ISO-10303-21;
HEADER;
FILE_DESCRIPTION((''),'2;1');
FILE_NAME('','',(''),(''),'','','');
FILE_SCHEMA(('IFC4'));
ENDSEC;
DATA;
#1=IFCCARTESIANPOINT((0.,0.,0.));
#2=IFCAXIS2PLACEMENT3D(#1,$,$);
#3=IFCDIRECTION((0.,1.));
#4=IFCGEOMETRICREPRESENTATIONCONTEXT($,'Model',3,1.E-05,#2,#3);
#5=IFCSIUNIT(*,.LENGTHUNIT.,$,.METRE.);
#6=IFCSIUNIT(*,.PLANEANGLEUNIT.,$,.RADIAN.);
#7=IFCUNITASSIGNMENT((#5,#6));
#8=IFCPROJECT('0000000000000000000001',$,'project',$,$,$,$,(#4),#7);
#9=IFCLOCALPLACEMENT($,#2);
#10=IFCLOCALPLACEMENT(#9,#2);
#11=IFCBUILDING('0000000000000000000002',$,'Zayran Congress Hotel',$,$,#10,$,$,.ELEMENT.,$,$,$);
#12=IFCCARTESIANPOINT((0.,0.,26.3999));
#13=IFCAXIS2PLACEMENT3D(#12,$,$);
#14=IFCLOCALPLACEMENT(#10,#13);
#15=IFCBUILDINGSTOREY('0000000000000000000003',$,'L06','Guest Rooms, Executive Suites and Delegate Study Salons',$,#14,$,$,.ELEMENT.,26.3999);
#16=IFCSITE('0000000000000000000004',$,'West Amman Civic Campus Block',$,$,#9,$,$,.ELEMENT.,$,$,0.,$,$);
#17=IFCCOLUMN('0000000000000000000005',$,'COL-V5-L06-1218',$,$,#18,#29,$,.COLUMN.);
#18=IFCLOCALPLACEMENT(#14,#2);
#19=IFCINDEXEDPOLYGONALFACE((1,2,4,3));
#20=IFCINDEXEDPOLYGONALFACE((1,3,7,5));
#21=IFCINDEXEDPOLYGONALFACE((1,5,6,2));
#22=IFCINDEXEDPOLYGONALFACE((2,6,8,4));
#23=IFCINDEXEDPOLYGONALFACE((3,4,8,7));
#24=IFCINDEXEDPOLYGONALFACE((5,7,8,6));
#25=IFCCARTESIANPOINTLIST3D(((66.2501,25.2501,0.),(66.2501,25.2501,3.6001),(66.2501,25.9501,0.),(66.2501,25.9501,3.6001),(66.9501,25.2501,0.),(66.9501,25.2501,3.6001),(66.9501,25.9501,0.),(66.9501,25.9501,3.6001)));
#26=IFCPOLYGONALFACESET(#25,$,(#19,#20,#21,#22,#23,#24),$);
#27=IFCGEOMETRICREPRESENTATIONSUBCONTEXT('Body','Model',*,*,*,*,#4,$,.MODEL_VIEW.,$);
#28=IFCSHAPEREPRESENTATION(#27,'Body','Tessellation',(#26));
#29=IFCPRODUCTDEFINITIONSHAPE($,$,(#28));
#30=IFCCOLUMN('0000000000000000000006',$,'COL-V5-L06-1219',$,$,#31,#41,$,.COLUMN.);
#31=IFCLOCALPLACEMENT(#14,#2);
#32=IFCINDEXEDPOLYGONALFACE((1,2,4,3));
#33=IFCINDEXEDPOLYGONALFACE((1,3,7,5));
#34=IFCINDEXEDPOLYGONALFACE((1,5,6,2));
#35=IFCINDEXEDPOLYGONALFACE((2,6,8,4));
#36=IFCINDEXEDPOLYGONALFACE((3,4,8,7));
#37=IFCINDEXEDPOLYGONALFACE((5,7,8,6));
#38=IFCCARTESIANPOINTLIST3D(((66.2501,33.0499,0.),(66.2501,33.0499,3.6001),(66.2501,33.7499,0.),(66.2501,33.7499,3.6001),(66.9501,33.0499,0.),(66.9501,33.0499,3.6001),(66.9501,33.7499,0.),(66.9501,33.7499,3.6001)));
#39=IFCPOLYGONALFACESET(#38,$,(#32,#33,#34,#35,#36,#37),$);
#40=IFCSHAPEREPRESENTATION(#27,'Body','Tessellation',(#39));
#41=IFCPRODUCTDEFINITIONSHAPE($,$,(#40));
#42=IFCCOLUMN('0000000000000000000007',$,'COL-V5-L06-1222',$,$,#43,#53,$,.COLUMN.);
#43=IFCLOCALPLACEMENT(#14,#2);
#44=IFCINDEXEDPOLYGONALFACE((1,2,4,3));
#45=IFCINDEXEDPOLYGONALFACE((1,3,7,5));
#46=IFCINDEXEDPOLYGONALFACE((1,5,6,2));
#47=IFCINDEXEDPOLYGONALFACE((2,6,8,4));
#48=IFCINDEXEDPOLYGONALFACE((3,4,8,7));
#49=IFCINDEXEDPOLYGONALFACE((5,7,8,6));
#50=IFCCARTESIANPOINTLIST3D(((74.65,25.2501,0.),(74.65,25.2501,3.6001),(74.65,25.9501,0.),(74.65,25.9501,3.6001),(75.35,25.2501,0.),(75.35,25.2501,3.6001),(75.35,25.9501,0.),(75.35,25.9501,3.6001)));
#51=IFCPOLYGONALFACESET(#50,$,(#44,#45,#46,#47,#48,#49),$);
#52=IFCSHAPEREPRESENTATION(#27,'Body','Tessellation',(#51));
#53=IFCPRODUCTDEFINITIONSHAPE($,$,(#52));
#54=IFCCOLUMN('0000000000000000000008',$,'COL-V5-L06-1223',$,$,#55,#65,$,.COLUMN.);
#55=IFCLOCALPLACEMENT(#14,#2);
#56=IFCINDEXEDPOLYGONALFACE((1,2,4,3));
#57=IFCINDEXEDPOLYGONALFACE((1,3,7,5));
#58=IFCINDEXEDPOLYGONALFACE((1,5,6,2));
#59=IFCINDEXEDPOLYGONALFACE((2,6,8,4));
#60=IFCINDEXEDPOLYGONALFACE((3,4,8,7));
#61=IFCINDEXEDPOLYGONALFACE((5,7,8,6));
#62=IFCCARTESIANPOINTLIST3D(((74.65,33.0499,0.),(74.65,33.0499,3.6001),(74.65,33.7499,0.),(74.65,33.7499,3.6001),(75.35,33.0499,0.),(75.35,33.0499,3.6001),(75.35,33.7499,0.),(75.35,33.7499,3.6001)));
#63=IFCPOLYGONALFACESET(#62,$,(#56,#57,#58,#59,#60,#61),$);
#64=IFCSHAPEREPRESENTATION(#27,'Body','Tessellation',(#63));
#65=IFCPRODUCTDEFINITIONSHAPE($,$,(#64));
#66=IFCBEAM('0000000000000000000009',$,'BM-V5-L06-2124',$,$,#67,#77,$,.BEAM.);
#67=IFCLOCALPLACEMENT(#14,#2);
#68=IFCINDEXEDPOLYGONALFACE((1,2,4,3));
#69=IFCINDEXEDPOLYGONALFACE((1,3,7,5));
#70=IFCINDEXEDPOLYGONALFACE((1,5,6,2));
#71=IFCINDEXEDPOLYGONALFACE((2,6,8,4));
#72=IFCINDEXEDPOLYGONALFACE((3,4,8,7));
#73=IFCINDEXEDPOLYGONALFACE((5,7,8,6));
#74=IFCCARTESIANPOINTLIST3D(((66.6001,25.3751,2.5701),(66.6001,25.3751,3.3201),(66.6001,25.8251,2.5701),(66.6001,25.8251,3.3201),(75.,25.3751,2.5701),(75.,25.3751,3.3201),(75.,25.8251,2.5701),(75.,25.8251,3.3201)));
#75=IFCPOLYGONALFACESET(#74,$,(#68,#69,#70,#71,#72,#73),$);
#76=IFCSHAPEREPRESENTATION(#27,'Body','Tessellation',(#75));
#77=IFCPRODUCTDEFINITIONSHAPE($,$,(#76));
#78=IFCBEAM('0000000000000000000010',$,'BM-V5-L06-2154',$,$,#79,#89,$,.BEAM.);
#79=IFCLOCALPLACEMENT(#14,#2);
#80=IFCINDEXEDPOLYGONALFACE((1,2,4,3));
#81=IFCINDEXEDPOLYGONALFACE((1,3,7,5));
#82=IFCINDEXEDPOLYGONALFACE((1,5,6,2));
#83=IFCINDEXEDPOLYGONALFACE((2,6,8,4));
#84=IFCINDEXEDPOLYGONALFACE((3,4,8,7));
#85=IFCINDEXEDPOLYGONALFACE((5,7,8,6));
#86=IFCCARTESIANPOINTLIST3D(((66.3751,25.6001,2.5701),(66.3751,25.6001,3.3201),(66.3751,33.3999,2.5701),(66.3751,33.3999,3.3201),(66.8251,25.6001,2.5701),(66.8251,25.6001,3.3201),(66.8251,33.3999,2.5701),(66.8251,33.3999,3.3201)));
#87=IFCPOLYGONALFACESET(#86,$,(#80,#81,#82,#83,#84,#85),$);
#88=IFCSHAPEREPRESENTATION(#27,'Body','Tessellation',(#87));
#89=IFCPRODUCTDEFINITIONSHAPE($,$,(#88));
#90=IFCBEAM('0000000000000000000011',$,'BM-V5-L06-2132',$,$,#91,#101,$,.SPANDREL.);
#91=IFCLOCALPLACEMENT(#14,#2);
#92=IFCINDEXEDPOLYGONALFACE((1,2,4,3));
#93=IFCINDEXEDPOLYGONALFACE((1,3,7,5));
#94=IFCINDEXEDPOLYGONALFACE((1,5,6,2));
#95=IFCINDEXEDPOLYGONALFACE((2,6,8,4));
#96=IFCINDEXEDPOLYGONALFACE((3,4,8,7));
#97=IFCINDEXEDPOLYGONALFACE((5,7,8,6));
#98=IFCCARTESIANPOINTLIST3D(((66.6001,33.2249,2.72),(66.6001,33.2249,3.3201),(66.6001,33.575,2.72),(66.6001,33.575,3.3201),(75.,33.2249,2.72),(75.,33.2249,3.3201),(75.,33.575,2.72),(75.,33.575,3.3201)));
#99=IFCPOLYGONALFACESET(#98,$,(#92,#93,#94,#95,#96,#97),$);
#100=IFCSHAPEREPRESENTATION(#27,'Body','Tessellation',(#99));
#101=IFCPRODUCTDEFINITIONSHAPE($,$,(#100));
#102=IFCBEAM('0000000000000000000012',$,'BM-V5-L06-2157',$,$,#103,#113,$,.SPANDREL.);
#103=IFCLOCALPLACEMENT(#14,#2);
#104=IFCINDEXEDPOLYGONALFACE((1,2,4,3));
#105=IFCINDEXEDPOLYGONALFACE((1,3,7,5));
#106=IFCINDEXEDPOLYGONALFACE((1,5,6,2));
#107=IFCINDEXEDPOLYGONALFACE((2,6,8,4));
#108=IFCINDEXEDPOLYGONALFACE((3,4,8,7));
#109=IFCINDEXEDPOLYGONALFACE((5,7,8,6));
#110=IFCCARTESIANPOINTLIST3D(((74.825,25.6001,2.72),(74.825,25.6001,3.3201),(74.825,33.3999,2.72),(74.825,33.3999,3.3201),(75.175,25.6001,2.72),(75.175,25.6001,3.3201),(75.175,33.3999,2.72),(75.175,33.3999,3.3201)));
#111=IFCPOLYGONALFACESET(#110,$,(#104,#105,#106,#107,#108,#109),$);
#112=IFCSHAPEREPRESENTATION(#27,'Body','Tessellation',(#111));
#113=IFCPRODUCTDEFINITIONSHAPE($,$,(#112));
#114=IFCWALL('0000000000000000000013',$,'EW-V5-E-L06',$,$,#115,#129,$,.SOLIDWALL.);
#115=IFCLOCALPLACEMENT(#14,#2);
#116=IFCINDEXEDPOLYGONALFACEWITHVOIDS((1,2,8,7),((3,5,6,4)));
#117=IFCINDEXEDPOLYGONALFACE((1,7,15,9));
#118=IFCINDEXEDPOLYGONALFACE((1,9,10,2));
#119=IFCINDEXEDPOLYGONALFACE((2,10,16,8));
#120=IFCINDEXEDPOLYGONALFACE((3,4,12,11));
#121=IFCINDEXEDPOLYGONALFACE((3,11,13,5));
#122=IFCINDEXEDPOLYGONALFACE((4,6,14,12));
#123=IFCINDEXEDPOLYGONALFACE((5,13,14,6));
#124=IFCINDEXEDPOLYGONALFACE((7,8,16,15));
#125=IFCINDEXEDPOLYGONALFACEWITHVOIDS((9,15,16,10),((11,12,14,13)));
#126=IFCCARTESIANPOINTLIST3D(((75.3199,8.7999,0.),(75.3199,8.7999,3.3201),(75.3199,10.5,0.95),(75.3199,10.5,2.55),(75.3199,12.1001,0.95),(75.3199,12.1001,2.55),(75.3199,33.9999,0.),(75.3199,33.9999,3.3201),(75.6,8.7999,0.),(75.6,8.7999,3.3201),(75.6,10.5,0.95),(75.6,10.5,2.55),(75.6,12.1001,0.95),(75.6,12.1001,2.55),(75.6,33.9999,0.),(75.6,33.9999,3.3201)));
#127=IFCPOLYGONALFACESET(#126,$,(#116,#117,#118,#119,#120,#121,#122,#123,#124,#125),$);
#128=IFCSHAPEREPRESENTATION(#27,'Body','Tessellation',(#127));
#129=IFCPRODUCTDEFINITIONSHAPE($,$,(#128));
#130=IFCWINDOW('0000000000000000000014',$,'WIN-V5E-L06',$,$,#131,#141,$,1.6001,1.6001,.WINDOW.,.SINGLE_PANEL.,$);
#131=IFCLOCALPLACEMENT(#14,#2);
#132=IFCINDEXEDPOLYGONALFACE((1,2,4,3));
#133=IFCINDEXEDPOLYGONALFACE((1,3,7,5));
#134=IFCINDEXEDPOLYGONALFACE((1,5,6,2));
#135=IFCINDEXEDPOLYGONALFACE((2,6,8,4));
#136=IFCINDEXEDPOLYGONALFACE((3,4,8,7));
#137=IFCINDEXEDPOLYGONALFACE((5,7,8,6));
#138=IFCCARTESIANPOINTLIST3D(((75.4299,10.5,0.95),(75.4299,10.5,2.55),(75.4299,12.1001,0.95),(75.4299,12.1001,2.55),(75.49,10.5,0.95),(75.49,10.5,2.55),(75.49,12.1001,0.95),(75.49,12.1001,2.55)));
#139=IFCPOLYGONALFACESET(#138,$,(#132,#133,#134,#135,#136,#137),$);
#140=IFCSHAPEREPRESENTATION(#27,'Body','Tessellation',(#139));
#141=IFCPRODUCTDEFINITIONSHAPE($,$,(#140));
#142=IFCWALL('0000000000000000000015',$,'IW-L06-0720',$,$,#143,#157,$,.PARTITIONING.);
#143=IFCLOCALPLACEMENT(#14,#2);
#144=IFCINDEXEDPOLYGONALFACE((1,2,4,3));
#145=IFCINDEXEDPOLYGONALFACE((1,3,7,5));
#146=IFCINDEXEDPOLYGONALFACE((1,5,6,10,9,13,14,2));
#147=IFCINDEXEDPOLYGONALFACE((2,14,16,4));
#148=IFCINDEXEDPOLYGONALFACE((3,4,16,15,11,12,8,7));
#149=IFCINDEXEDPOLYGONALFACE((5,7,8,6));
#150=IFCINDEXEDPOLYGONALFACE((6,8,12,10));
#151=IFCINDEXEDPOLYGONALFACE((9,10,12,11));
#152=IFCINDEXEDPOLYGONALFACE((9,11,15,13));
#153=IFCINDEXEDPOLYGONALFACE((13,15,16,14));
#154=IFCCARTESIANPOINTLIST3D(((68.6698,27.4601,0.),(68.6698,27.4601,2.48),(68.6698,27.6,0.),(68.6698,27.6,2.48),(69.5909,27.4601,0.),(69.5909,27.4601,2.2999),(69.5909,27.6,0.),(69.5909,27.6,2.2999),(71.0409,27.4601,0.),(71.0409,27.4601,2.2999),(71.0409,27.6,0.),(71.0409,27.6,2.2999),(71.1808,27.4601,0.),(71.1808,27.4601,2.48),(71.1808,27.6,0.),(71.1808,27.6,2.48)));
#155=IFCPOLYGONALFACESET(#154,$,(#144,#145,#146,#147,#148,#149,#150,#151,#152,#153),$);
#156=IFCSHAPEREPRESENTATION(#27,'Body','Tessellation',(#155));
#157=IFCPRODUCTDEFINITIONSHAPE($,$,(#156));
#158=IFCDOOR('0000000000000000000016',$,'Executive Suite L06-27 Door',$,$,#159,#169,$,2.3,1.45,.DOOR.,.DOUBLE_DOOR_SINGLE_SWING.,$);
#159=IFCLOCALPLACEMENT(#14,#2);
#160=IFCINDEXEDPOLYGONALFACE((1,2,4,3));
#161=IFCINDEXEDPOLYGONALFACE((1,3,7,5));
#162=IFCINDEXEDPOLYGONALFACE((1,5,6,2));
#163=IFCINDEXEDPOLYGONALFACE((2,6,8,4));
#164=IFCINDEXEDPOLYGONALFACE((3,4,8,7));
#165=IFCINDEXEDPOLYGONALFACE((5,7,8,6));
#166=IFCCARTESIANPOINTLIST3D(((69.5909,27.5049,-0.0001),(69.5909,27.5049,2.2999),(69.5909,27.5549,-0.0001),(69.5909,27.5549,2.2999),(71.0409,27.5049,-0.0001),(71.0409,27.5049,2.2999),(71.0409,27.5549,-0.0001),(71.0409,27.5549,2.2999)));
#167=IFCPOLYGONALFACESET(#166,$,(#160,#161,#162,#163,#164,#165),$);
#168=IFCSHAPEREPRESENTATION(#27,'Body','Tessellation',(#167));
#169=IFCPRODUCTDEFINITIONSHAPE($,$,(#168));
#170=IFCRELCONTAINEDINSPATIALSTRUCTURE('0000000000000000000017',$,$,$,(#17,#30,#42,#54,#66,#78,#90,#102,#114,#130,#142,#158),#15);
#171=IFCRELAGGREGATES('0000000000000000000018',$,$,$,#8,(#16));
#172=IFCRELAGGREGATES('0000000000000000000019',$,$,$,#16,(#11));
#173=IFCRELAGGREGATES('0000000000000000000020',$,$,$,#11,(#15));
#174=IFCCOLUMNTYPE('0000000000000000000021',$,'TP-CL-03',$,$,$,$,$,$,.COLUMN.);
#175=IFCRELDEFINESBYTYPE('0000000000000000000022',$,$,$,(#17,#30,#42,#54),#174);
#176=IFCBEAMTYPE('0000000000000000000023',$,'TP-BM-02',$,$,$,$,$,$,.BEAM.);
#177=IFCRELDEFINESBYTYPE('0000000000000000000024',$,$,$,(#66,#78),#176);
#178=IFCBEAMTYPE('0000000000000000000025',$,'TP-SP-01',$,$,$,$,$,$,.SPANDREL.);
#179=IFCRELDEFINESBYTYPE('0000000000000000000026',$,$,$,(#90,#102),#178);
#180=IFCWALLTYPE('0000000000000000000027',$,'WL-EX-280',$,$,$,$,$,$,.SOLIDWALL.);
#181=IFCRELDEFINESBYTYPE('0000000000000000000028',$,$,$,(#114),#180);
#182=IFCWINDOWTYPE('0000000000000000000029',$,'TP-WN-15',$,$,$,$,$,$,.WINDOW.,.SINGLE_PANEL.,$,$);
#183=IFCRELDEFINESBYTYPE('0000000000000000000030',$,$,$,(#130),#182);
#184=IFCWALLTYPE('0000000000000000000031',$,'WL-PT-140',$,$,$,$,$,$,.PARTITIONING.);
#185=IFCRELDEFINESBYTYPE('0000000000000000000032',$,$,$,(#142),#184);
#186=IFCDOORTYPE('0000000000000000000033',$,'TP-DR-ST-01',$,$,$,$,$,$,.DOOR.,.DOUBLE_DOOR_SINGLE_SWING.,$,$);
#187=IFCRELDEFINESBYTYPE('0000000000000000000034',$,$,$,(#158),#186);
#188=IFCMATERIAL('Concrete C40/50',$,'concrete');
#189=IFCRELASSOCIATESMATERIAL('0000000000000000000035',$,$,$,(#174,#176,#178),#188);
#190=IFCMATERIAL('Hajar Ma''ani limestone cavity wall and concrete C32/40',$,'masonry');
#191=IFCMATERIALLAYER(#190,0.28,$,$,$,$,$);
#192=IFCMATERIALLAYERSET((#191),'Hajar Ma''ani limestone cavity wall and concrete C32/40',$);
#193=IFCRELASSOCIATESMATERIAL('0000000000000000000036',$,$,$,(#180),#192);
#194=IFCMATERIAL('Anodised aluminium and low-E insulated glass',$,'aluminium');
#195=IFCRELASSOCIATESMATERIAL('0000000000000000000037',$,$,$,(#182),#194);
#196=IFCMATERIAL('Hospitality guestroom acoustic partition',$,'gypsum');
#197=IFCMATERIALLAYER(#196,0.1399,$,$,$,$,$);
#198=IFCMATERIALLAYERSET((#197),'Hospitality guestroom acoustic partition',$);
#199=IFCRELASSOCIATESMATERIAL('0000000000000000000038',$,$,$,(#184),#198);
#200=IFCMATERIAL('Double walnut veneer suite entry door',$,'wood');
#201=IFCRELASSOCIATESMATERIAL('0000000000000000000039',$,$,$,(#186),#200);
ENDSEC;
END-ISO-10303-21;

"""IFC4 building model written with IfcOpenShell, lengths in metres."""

from ifc_helpers import new_model, si_unit, direction, frame, frame_2d, origin, origin_2d, place, context, subcontext, project, spatial, rectangle, extrude, material, layer, layer_set, material_profile, profile_set, type_object, element, fill, save


model = new_model("IFC4")

# Units and contexts
model_context = context("Model", 3, precision=1e-05, world=origin(), true_north=direction((0.0, 1.0)))
body_context = subcontext(model_context, "Body", "Model", "MODEL_VIEW")
ifc_project = project(units=[si_unit("LENGTHUNIT", "METRE"), si_unit("PLANEANGLEUNIT", "RADIAN")], contexts=[model_context])

# Site, building, storey
site_placement = place(None, origin())
site = spatial("IfcSite", under=ifc_project, at=site_placement, Name="West Amman Civic Campus Block", CompositionType="ELEMENT", RefElevation=0.0)
building_placement = place(site_placement, origin())
building = spatial("IfcBuilding", under=site, at=building_placement, Name="Zayran Congress Hotel", CompositionType="ELEMENT")
storey_placement = place(building_placement, frame((0.0, 0.0, 26.3999)))
storey = spatial("IfcBuildingStorey", under=building, at=storey_placement, Name="L06", Description="Guest Rooms, Executive Suites and Delegate Study Salons", CompositionType="ELEMENT", Elevation=26.3999)

# Columns
ifc_material_1 = material(Name="Concrete C40/50", Category="concrete")
ifc_material_profile_1 = material_profile(ifc_material_1, rectangle(XDim=0.7, YDim=0.7, at=origin_2d()), Name="RC 700x700")
ifc_profile_set_1 = profile_set([ifc_material_profile_1], Name="Concrete C40/50")
column_type = type_object("IfcColumnType", Name="TP-CL-03", PredefinedType="COLUMN", material=ifc_profile_set_1)
for number, where, z_axis, x_axis, name in (
    (1, (66.6001, 25.6001, 0.0), (0.0, 0.0, 1.0), (1.0, 0.0, 0.0), "COL-V5-L06-1218"),
    (2, (66.6001, 33.3999, 0.0), (0.0, 0.0, 1.0), (1.0, 0.0, 0.0), "COL-V5-L06-1219"),
    (3, (75.0, 25.6001, 0.0), (0.0, 0.0, 1.0), (1.0, 0.0, 0.0), "COL-V5-L06-1222"),
    (4, (75.0, 33.3999, 0.0), (0.0, 0.0, 1.0), (1.0, 0.0, 0.0), "COL-V5-L06-1223"),
):
    element("IfcColumn", number, at=place(storey_placement, frame(where, z_axis=z_axis, x_axis=x_axis)), inside=storey, type_object=column_type, Name=name, PredefinedType="COLUMN", context=body_context, shape_type="SweptSolid", body=[
        extrude(rectangle(XDim=0.7, YDim=0.7, at=origin_2d()), origin(), (0.0, 0.0, 1.0), 3.6001),
    ])

# Beams
ifc_material_profile_2 = material_profile(ifc_material_1, rectangle(XDim=0.45, YDim=0.75, at=origin_2d()), Name="RC 450x750")
ifc_profile_set_2 = profile_set([ifc_material_profile_2], Name="Concrete C40/50")
beam_type_1 = type_object("IfcBeamType", Name="TP-BM-02", PredefinedType="BEAM", material=ifc_profile_set_2)
beam_1_placement = place(storey_placement, frame((66.6001, 25.6001, 2.9451), z_axis=(1.0, 0.0, 0.0), x_axis=(0.0, 1.0, 0.0)))
element("IfcBeam", 5, at=beam_1_placement, inside=storey, type_object=beam_type_1, Name="BM-V5-L06-2124", PredefinedType="BEAM", context=body_context, shape_type="SweptSolid", body=[
    extrude(rectangle(XDim=0.45, YDim=0.75, at=origin_2d()), origin(), (0.0, 0.0, 1.0), 8.3999),
])
beam_2_placement = place(storey_placement, frame((66.6001, 25.6001, 2.9451), z_axis=(0.0, 1.0, 0.0), x_axis=(-1.0, 0.0, 0.0)))
element("IfcBeam", 6, at=beam_2_placement, inside=storey, type_object=beam_type_1, Name="BM-V5-L06-2154", PredefinedType="BEAM", context=body_context, shape_type="SweptSolid", body=[
    extrude(rectangle(XDim=0.45, YDim=0.75, at=origin_2d()), origin(), (0.0, 0.0, 1.0), 7.7998),
])
ifc_material_profile_3 = material_profile(ifc_material_1, rectangle(XDim=0.3501, YDim=0.6001, at=origin_2d()), Name="RC 350x600")
ifc_profile_set_3 = profile_set([ifc_material_profile_3], Name="Concrete C40/50")
beam_type_2 = type_object("IfcBeamType", Name="TP-SP-01", PredefinedType="SPANDREL", material=ifc_profile_set_3)
beam_3_placement = place(storey_placement, frame((66.6001, 33.3999, 3.02), z_axis=(1.0, 0.0, 0.0), x_axis=(0.0, 1.0, 0.0)))
element("IfcBeam", 7, at=beam_3_placement, inside=storey, type_object=beam_type_2, Name="BM-V5-L06-2132", PredefinedType="SPANDREL", context=body_context, shape_type="SweptSolid", body=[
    extrude(rectangle(XDim=0.3501, YDim=0.6001, at=origin_2d()), origin(), (0.0, 0.0, 1.0), 8.3999),
])
beam_4_placement = place(storey_placement, frame((75.0, 25.6001, 3.02), z_axis=(0.0, 1.0, 0.0), x_axis=(-1.0, 0.0, 0.0)))
element("IfcBeam", 8, at=beam_4_placement, inside=storey, type_object=beam_type_2, Name="BM-V5-L06-2157", PredefinedType="SPANDREL", context=body_context, shape_type="SweptSolid", body=[
    extrude(rectangle(XDim=0.3501, YDim=0.6001, at=origin_2d()), origin(), (0.0, 0.0, 1.0), 7.7998),
])

# Wall, opening, window
ifc_material_2 = material(Name="Hajar Ma'ani limestone cavity wall and concrete C32/40", Category="masonry")
ifc_layer_1 = layer(ifc_material_2, 0.28)
ifc_layer_set_1 = layer_set([ifc_layer_1], Name="Hajar Ma'ani limestone cavity wall and concrete C32/40")
wall_type_1 = type_object("IfcWallType", Name="WL-EX-280", PredefinedType="SOLIDWALL", material=ifc_layer_set_1)
wall_1_placement = place(storey_placement, frame((75.46, 34.0, 0.0), z_axis=(0.0, 0.0, 1.0), x_axis=(0.0, -1.0, 0.0)))
wall_1 = element("IfcWall", 9, at=wall_1_placement, inside=storey, type_object=wall_type_1, Name="EW-V5-E-L06", PredefinedType="SOLIDWALL", context=body_context, shape_type="SweptSolid", body=[
    extrude(rectangle(XDim=25.2, YDim=0.28, at=frame_2d((12.6001, 0.0))), origin(), (0.0, 0.0, 1.0), 3.3201),
])
opening_1_placement = place(wall_1_placement, frame((21.8999, 0.0, 0.95)))
opening_1 = element("IfcOpeningElement", 10, at=opening_1_placement, cuts=wall_1, PredefinedType="OPENING", context=body_context, shape_type="SweptSolid", body=[
    extrude(rectangle(XDim=1.6001, YDim=1.6001, at=frame_2d((0.8, 0.8))), frame((0.0, 0.1499, 0.0), z_axis=(0.0, -1.0, 0.0), x_axis=(1.0, 0.0, 0.0)), (0.0, 0.0, 1.0), 0.3),
])
ifc_material_3 = material(Name="Anodised aluminium and low-E insulated glass", Category="aluminium")
window_type = type_object("IfcWindowType", Name="TP-WN-15", PartitioningType="SINGLE_PANEL", PredefinedType="WINDOW", material=ifc_material_3)
window_placement = place(opening_1_placement, origin())
window = element("IfcWindow", 11, at=window_placement, inside=storey, type_object=window_type, Name="WIN-V5E-L06", OverallHeight=1.6001, OverallWidth=1.6001, PartitioningType="SINGLE_PANEL", PredefinedType="WINDOW", context=body_context, shape_type="SweptSolid", body=[
    extrude(rectangle(XDim=1.6001, YDim=1.6001, at=frame_2d((0.8, 0.8))), frame((0.0, 0.03, 0.0), z_axis=(0.0, -1.0, 0.0), x_axis=(1.0, 0.0, 0.0)), (0.0, 0.0, 1.0), 0.0601),
])
fill(opening_1, window)

# Wall, opening, door
ifc_material_4 = material(Name="Hospitality guestroom acoustic partition", Category="gypsum")
ifc_layer_2 = layer(ifc_material_4, 0.1399)
ifc_layer_set_2 = layer_set([ifc_layer_2], Name="Hospitality guestroom acoustic partition")
wall_type_2 = type_object("IfcWallType", Name="WL-PT-140", PredefinedType="PARTITIONING", material=ifc_layer_set_2)
wall_2_placement = place(storey_placement, frame((68.6699, 27.53, 0.0), z_axis=(0.0, 0.0, 1.0), x_axis=(1.0, 0.0, 0.0)))
wall_2 = element("IfcWall", 12, at=wall_2_placement, inside=storey, type_object=wall_type_2, Name="IW-L06-0720", PredefinedType="PARTITIONING", context=body_context, shape_type="SweptSolid", body=[
    extrude(rectangle(XDim=2.511, YDim=0.1399, at=frame_2d((1.2554, 0.0))), origin(), (0.0, 0.0, 1.0), 2.48),
])
opening_2_placement = place(wall_2_placement, frame((0.9209, 0.0, 0.0)))
opening_2 = element("IfcOpeningElement", 13, at=opening_2_placement, cuts=wall_2, PredefinedType="OPENING", context=body_context, shape_type="SweptSolid", body=[
    extrude(rectangle(XDim=1.45, YDim=2.3, at=frame_2d((0.7251, 1.1499))), frame((0.0, 0.0798, 0.0), z_axis=(0.0, -1.0, 0.0), x_axis=(1.0, 0.0, 0.0)), (0.0, 0.0, 1.0), 0.1599),
])
ifc_material_5 = material(Name="Double walnut veneer suite entry door", Category="wood")
door_type_1 = type_object("IfcDoorType", Name="TP-DR-ST-01", OperationType="DOUBLE_DOOR_SINGLE_SWING", PredefinedType="DOOR", material=ifc_material_5)
door_1_placement = place(opening_2_placement, origin())
door_1 = element("IfcDoor", 14, at=door_1_placement, inside=storey, type_object=door_type_1, Name="Executive Suite L06-27 Door", OperationType="DOUBLE_DOOR_SINGLE_SWING", OverallHeight=2.3, OverallWidth=1.45, PredefinedType="DOOR", context=body_context, shape_type="SweptSolid", body=[
    extrude(rectangle(XDim=1.45, YDim=2.3, at=frame_2d((0.7251, 1.1499))), frame((0.0, 0.0249, 0.0), z_axis=(0.0, -1.0, 0.0), x_axis=(1.0, 0.0, 0.0)), (0.0, 0.0, 1.0), 0.05),
])
fill(opening_2, door_1)

save(model, "model.ifc")
